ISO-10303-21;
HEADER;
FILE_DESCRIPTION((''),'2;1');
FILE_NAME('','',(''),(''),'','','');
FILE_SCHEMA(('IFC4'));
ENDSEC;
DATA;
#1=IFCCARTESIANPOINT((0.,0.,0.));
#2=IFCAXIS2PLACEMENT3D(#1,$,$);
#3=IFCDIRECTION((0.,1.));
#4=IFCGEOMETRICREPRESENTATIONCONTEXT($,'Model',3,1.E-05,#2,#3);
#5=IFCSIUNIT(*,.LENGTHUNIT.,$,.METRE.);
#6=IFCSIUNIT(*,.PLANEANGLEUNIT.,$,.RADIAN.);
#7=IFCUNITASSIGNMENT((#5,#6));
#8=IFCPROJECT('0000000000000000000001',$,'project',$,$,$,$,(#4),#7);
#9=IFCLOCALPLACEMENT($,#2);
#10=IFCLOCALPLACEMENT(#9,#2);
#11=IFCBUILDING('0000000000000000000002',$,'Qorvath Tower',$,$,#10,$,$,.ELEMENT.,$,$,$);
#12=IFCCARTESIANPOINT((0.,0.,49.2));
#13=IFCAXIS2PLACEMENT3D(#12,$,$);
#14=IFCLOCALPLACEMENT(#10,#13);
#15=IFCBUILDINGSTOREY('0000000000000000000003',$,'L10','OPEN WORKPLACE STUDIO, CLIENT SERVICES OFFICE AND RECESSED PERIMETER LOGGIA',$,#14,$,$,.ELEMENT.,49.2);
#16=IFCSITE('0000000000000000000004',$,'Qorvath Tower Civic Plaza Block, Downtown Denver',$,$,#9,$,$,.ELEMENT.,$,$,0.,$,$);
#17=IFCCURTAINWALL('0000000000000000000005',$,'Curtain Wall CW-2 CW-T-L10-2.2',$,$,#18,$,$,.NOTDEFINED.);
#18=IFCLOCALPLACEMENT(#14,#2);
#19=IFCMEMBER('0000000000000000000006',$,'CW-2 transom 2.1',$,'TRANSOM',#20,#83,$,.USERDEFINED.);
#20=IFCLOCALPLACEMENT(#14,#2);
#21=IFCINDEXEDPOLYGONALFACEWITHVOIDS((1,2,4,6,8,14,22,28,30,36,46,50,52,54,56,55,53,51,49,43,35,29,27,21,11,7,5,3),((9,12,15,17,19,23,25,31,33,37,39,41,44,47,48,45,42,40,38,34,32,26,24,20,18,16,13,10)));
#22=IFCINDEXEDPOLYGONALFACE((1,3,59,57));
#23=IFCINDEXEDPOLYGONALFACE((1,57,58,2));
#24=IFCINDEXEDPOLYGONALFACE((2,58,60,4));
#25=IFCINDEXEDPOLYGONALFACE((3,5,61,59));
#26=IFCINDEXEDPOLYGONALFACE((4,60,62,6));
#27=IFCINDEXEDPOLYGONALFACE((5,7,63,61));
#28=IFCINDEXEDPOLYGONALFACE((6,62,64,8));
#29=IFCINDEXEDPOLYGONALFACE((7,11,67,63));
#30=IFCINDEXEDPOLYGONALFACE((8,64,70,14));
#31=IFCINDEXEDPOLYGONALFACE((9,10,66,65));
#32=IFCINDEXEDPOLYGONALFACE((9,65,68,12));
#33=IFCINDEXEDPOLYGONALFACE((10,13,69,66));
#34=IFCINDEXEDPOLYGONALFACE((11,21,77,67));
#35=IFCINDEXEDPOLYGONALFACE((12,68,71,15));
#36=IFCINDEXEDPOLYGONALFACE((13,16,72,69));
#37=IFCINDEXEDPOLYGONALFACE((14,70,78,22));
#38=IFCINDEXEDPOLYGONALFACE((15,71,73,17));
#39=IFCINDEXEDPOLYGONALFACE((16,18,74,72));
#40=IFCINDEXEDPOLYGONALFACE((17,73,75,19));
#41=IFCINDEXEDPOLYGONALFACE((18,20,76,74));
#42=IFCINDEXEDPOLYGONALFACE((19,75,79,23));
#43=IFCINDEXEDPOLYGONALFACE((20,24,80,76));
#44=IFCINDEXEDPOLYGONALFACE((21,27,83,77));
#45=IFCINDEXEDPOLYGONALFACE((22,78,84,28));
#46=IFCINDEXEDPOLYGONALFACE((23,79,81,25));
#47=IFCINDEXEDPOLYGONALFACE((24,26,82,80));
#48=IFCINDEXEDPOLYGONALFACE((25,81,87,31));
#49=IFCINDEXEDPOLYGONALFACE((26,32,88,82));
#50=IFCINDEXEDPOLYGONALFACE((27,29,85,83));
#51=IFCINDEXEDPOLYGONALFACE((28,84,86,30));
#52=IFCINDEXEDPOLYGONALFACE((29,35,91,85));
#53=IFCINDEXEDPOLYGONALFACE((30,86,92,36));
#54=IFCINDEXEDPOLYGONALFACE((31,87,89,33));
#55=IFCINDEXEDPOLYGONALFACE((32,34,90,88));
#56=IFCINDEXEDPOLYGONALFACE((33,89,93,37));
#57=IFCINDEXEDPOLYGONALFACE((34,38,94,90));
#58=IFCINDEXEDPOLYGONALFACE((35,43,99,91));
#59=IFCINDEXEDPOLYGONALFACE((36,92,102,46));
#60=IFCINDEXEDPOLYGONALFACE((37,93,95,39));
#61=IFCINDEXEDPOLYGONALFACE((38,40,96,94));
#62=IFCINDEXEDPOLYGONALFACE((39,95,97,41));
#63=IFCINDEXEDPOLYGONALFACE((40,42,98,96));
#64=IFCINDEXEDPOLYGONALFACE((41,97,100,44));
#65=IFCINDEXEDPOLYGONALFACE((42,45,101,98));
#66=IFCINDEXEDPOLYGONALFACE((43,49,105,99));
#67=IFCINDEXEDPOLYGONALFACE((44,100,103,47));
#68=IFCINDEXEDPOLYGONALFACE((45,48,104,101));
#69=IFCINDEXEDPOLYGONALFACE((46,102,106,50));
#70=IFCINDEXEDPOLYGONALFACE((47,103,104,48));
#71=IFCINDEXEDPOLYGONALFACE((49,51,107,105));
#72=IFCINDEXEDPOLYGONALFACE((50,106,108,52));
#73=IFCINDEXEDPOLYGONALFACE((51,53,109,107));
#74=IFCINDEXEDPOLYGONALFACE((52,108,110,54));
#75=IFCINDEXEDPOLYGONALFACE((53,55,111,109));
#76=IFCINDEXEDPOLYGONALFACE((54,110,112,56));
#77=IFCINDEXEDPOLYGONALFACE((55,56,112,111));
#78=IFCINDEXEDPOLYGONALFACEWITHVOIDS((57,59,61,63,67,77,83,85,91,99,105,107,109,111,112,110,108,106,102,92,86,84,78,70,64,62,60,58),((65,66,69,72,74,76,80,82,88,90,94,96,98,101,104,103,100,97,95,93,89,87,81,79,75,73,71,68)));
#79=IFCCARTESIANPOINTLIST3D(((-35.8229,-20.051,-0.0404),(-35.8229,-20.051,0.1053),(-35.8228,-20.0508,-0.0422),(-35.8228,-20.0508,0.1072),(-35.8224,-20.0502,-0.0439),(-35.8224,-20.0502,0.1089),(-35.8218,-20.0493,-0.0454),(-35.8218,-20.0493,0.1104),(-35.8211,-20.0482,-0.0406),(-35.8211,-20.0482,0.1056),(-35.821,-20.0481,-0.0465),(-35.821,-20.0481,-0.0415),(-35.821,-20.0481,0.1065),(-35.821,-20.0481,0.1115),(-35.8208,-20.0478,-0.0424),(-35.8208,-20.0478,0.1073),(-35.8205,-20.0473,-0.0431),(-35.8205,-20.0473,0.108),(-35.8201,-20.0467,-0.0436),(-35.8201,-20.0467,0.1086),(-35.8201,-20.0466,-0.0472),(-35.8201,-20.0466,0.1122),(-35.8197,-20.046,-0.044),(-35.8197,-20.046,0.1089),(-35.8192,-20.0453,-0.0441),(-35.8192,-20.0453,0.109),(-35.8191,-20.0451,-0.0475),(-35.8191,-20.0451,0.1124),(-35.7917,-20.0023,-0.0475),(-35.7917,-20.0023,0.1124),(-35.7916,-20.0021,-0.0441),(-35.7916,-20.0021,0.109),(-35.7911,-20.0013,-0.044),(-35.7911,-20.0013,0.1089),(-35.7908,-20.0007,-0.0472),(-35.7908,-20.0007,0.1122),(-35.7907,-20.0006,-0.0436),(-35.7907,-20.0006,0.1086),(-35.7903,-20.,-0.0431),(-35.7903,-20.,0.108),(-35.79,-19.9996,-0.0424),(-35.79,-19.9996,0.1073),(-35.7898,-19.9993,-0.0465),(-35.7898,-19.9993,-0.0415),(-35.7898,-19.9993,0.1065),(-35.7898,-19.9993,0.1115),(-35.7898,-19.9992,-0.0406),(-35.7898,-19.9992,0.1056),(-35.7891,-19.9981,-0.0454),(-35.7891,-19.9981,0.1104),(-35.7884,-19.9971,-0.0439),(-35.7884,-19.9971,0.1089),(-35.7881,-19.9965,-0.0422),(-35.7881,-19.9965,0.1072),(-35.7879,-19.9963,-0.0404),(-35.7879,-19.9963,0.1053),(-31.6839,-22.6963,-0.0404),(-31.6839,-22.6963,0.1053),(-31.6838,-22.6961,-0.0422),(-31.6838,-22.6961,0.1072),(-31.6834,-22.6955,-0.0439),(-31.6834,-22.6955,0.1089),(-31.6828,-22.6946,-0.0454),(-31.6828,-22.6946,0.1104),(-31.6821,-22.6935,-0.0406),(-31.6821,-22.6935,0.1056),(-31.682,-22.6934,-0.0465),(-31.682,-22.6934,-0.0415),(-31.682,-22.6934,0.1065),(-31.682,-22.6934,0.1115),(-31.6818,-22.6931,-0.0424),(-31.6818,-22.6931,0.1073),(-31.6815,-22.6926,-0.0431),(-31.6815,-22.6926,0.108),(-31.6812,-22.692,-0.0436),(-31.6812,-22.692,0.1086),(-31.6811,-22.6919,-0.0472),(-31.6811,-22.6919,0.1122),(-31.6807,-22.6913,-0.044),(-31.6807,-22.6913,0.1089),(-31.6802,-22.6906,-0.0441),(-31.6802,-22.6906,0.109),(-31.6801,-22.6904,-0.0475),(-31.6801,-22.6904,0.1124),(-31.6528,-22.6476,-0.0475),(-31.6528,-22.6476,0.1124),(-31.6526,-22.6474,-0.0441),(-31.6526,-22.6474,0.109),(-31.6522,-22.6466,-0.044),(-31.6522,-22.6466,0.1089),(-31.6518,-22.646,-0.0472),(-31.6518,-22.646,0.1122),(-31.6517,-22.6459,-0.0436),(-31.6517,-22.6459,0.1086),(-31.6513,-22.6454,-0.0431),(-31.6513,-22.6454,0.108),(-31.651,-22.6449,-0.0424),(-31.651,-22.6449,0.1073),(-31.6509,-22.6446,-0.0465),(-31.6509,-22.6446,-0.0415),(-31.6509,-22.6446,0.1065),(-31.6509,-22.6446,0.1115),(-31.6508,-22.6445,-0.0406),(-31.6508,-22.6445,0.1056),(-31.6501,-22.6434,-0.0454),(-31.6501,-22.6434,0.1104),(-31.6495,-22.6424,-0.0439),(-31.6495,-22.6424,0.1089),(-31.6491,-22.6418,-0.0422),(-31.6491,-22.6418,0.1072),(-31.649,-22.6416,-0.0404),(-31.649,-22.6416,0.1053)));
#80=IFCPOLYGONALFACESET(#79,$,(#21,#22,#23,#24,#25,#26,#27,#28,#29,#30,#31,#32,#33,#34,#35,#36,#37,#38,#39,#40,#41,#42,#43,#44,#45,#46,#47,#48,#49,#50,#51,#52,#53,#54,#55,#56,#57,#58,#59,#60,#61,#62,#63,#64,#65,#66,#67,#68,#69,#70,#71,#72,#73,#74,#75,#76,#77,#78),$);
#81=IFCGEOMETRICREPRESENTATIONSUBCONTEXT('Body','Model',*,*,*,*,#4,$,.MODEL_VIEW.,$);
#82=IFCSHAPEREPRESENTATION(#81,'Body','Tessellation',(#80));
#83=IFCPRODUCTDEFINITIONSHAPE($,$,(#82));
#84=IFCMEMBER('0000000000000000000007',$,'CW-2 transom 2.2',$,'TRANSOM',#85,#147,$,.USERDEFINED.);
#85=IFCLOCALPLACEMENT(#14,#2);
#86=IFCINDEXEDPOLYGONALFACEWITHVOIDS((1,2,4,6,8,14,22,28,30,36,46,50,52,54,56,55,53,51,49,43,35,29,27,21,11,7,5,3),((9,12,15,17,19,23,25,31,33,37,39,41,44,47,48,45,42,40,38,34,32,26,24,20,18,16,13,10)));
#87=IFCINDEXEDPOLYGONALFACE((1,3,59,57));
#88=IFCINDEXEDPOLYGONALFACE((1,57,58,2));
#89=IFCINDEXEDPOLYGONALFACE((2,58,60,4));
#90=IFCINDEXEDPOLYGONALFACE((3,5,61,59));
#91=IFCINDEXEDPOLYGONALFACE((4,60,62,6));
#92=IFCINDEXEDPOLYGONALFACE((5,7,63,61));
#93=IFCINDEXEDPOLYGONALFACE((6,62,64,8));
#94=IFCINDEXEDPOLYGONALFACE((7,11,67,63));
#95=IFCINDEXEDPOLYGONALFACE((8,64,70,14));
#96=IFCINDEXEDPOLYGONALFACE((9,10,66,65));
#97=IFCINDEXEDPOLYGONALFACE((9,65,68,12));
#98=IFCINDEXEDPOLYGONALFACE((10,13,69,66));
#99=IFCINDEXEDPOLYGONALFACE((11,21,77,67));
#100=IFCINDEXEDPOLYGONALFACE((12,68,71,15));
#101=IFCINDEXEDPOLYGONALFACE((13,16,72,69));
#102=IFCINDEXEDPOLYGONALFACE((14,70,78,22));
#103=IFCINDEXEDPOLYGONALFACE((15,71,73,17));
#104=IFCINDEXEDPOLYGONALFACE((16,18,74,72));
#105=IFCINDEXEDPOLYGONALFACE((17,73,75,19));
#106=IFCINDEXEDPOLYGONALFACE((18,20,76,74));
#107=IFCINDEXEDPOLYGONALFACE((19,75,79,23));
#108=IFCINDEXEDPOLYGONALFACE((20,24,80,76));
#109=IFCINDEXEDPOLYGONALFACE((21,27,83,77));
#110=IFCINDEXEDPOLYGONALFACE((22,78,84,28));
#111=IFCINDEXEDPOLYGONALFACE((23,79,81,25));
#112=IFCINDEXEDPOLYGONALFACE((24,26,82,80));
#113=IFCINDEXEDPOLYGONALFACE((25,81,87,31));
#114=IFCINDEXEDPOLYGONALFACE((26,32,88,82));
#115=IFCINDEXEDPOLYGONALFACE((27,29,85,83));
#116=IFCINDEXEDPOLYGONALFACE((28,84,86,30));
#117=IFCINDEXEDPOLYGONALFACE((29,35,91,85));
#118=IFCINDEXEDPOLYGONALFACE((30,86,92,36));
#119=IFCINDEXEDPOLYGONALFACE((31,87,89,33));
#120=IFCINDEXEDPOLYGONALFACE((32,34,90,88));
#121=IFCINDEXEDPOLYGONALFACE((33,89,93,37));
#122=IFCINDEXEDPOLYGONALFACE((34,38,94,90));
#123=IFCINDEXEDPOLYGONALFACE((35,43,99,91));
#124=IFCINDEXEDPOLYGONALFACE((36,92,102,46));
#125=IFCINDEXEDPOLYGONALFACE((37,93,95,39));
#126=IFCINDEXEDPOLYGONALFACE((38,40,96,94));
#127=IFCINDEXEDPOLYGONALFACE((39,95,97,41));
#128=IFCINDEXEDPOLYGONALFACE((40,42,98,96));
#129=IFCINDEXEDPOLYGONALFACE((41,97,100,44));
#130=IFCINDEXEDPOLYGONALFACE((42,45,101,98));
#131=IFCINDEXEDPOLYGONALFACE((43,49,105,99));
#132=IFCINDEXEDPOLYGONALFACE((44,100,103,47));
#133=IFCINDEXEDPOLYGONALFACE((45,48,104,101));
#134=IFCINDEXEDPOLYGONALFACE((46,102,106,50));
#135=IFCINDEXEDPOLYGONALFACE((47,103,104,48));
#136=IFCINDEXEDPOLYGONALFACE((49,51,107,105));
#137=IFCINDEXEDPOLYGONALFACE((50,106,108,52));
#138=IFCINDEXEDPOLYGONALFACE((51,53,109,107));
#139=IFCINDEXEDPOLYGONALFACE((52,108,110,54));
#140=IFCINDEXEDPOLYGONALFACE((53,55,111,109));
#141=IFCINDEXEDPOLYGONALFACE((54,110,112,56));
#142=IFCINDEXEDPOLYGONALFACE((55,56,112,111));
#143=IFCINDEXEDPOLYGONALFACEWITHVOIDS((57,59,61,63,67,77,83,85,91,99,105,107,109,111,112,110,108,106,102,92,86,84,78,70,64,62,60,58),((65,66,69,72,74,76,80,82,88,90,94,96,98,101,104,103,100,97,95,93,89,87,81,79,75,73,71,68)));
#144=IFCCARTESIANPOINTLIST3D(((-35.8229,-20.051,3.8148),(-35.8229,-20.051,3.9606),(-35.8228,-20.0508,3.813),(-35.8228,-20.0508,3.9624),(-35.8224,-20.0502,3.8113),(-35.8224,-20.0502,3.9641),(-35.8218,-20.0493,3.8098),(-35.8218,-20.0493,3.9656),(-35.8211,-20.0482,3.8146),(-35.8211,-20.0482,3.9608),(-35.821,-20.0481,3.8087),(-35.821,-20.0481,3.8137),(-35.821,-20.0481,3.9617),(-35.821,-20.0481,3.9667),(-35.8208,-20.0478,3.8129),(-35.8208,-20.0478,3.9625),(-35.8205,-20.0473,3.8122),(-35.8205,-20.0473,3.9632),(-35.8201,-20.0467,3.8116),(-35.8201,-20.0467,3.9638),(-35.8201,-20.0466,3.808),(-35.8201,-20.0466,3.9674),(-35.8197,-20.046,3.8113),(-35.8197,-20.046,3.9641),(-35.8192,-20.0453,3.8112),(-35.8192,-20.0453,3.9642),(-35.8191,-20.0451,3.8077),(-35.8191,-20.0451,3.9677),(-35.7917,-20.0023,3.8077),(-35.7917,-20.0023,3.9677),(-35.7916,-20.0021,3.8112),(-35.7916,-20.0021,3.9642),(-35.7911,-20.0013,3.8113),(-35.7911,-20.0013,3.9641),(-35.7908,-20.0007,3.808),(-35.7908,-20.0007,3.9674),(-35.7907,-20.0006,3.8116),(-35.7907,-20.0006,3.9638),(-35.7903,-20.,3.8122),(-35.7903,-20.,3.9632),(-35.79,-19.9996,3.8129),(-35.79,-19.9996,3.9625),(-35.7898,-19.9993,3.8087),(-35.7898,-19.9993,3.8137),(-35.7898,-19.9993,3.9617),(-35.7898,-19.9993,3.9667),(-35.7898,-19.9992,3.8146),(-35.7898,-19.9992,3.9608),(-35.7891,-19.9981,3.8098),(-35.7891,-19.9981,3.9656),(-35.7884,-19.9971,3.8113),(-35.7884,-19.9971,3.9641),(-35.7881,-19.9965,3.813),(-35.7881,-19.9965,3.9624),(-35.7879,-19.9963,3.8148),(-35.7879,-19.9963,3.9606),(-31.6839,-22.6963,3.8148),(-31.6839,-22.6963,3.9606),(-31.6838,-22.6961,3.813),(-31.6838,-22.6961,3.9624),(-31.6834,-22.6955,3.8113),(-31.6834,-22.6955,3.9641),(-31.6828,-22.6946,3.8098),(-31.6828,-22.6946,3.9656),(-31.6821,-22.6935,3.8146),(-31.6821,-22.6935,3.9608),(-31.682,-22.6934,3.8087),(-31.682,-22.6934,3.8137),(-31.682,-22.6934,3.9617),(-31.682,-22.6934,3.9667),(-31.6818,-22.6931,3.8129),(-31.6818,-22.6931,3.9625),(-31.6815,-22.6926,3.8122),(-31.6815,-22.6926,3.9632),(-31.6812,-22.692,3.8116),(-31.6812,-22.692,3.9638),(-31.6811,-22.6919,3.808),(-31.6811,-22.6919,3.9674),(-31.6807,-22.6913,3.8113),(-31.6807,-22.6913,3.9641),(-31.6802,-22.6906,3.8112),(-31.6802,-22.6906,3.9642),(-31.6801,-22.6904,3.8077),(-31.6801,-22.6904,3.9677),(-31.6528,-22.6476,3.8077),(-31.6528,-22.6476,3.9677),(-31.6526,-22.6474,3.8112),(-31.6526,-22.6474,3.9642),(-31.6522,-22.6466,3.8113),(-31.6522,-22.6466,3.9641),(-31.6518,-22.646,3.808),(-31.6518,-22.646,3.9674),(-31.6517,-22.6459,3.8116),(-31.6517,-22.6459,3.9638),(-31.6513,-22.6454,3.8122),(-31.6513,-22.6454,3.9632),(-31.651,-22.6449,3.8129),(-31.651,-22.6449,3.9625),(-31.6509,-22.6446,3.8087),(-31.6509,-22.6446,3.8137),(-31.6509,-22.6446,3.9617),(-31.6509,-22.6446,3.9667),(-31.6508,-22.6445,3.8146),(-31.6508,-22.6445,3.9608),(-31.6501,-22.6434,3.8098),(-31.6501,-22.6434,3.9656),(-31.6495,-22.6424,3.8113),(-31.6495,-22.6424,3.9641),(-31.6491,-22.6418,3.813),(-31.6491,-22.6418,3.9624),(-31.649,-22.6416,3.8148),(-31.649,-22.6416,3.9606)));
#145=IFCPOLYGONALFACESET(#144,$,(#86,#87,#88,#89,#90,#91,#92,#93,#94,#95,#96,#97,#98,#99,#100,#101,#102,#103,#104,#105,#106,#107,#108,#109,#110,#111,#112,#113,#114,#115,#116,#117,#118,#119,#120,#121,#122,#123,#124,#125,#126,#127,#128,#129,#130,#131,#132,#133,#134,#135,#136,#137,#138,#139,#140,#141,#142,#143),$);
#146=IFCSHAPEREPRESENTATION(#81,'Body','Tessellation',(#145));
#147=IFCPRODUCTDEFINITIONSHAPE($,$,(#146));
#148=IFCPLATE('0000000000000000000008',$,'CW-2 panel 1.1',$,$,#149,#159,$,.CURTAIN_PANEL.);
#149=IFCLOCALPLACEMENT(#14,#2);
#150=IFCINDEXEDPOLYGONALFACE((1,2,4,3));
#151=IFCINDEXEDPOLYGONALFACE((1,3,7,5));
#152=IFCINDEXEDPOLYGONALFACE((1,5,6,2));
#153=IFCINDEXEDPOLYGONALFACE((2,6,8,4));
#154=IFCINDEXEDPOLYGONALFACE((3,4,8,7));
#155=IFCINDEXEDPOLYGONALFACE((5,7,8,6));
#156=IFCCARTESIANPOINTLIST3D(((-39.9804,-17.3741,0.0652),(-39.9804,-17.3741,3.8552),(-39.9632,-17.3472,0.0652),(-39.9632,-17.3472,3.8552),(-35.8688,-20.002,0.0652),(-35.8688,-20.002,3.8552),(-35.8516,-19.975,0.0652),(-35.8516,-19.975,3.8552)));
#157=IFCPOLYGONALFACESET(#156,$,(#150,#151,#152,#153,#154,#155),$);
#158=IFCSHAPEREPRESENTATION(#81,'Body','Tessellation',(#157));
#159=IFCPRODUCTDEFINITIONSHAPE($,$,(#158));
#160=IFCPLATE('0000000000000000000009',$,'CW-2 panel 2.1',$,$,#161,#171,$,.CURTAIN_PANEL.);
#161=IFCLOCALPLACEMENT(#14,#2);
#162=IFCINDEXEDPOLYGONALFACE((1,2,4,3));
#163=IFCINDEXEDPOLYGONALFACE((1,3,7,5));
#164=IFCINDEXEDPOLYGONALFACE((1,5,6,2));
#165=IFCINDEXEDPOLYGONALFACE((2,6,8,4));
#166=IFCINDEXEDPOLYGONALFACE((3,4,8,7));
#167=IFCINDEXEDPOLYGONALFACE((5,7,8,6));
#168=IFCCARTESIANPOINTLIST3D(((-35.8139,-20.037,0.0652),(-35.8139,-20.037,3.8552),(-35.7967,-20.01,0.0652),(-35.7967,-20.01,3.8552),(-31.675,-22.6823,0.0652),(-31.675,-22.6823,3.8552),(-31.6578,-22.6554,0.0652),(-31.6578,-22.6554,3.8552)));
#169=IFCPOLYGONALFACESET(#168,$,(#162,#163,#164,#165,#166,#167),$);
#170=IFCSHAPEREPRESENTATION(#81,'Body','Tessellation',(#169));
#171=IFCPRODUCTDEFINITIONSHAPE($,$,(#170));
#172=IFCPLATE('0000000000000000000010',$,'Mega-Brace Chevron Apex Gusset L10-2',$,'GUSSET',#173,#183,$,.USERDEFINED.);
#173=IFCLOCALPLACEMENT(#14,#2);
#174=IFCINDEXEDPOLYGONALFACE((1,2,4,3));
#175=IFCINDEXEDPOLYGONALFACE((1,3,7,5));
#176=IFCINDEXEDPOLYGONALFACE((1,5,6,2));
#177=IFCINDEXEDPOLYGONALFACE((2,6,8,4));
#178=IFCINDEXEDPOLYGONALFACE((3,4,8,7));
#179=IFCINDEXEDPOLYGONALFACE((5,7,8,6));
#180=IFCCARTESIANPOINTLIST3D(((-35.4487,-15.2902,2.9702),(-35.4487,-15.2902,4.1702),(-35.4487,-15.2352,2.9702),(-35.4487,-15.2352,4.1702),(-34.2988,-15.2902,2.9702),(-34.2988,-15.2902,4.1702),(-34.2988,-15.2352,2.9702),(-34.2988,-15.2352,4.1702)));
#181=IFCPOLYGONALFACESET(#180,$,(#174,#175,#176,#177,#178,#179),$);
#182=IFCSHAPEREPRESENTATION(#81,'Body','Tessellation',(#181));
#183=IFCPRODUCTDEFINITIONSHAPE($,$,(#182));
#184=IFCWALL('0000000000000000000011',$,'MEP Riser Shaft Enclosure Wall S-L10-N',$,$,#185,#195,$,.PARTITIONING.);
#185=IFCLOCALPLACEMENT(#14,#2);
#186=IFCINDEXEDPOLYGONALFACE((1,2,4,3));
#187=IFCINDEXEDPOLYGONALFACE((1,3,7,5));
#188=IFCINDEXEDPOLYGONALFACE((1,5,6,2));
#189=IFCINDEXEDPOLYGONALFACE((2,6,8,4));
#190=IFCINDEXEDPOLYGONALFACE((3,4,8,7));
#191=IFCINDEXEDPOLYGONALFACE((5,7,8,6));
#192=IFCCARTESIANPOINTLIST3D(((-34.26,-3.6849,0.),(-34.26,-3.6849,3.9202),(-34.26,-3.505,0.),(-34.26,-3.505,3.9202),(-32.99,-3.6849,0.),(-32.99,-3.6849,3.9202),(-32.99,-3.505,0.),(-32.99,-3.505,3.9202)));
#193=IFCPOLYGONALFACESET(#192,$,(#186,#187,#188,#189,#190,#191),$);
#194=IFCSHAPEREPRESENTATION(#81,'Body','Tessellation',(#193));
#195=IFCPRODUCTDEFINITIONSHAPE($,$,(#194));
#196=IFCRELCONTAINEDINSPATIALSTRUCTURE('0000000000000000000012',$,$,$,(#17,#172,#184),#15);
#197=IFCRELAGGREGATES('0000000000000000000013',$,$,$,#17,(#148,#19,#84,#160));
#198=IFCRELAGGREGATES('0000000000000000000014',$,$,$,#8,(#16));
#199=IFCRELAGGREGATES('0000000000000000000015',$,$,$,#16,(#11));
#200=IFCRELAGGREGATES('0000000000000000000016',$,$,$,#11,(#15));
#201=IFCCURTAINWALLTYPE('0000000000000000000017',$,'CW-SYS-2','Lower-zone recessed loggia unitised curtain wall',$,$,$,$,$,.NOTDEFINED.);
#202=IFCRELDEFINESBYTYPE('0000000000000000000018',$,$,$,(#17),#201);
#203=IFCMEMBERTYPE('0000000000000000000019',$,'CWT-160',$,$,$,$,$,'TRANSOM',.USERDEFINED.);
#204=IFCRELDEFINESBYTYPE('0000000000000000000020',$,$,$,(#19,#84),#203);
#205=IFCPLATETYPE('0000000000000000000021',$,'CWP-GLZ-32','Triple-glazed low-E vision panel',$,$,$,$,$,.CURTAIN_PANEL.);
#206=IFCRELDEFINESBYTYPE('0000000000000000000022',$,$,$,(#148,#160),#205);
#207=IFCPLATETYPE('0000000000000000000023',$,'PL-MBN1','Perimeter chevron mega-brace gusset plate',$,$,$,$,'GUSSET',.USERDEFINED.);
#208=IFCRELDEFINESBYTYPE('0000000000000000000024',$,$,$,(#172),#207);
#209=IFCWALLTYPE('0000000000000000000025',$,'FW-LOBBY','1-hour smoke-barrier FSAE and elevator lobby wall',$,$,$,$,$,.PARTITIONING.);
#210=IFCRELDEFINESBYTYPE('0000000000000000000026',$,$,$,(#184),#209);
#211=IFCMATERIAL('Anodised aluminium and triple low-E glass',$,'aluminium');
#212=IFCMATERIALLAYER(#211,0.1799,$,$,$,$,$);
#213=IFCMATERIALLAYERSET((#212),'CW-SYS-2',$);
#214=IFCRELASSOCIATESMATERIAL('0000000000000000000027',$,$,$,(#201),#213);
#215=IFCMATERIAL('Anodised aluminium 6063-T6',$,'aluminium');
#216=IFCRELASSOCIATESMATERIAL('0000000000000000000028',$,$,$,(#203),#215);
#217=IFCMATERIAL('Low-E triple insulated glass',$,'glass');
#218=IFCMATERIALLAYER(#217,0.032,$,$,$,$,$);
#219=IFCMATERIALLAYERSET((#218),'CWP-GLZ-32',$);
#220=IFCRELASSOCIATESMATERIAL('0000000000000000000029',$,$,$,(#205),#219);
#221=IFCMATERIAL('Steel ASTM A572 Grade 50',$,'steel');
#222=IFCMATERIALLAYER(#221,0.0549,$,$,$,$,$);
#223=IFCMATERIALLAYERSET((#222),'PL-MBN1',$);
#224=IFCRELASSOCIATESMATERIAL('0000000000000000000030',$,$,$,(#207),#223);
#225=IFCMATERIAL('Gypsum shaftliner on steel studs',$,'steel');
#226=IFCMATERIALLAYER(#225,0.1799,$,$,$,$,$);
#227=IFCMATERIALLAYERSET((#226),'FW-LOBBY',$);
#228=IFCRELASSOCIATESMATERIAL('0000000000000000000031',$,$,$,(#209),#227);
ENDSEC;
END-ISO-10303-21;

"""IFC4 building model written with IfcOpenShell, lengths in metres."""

from ifc_helpers import new_model, si_unit, direction, frame, frame_2d, origin, origin_2d, place, context, subcontext, project, spatial, rectangle, hollow_rectangle, extrude, material, layer, layer_set, material_profile, profile_set, type_object, element, aggregate, save


model = new_model("IFC4")

# Units and contexts
model_context = context("Model", 3, precision=1e-05, world=origin(), true_north=direction((0.0, 1.0)))
body_context = subcontext(model_context, "Body", "Model", "MODEL_VIEW")
ifc_project = project(units=[si_unit("LENGTHUNIT", "METRE"), si_unit("PLANEANGLEUNIT", "RADIAN")], contexts=[model_context])

# Site, building, storey
site_placement = place(None, origin())
site = spatial("IfcSite", under=ifc_project, at=site_placement, Name="Qorvath Tower Civic Plaza Block, Downtown Denver", CompositionType="ELEMENT", RefElevation=0.0)
building_placement = place(site_placement, origin())
building = spatial("IfcBuilding", under=site, at=building_placement, Name="Qorvath Tower", CompositionType="ELEMENT")
storey_placement = place(building_placement, frame((0.0, 0.0, 49.2)))
storey = spatial("IfcBuildingStorey", under=building, at=storey_placement, Name="L10", Description="OPEN WORKPLACE STUDIO, CLIENT SERVICES OFFICE AND RECESSED PERIMETER LOGGIA", CompositionType="ELEMENT", Elevation=49.2)

# Curtain wall, members, plates
ifc_material_1 = material(Name="Anodised aluminium and triple low-E glass", Category="aluminium")
ifc_layer_1 = layer(ifc_material_1, 0.1799)
ifc_layer_set_1 = layer_set([ifc_layer_1], Name="CW-SYS-2")
curtain_wall_type = type_object("IfcCurtainWallType", Name="CW-SYS-2", Description="Lower-zone recessed loggia unitised curtain wall", PredefinedType="NOTDEFINED", material=ifc_layer_set_1)
curtain_wall_placement = place(storey_placement, origin())
curtain_wall = element("IfcCurtainWall", 1, at=curtain_wall_placement, inside=storey, type_object=curtain_wall_type, Name="Curtain Wall CW-2 CW-T-L10-2.2", PredefinedType="NOTDEFINED")
ifc_material_2 = material(Name="Anodised aluminium 6063-T6", Category="aluminium")
ifc_material_profile_1 = material_profile(ifc_material_2, hollow_rectangle(XDim=0.0649, YDim=0.1599, WallThickness=0.0034, InnerFilletRadius=0.0034, OuterFilletRadius=0.0071, at=origin_2d()), Name="CWT 160x65")
ifc_profile_set_1 = profile_set([ifc_material_profile_1], Name="Anodised aluminium 6063-T6")
member_type_1 = type_object("IfcMemberType", Name="CWT-160", ElementType="TRANSOM", PredefinedType="USERDEFINED", material=ifc_profile_set_1)
member_1_placement = place(storey_placement, frame((-35.8054, -20.0237, 0.0325), z_axis=(0.842608, -0.538528, 0.0), x_axis=(0.538528, 0.842608, 0.0)))
member_1 = element("IfcMember", 2, at=member_1_placement, type_object=member_type_1, Name="CW-2 transom 2.1", ObjectType="TRANSOM", PredefinedType="USERDEFINED", context=body_context, shape_type="SweptSolid", body=[
    extrude(hollow_rectangle(XDim=0.0649, YDim=0.1599, WallThickness=0.0034, InnerFilletRadius=0.0034, OuterFilletRadius=0.0071, at=origin_2d()), origin(), (0.0, 0.0, 1.0), 4.9121),
])
member_2_placement = place(storey_placement, frame((-35.8054, -20.0237, 3.8877), z_axis=(0.842608, -0.538528, 0.0), x_axis=(0.538528, 0.842608, 0.0)))
member_2 = element("IfcMember", 3, at=member_2_placement, type_object=member_type_1, Name="CW-2 transom 2.2", ObjectType="TRANSOM", PredefinedType="USERDEFINED", context=body_context, shape_type="SweptSolid", body=[
    extrude(hollow_rectangle(XDim=0.0649, YDim=0.1599, WallThickness=0.0034, InnerFilletRadius=0.0034, OuterFilletRadius=0.0071, at=origin_2d()), origin(), (0.0, 0.0, 1.0), 4.9121),
])
ifc_material_3 = material(Name="Low-E triple insulated glass", Category="glass")
ifc_layer_2 = layer(ifc_material_3, 0.032)
ifc_layer_set_2 = layer_set([ifc_layer_2], Name="CWP-GLZ-32")
plate_type_1 = type_object("IfcPlateType", Name="CWP-GLZ-32", Description="Triple-glazed low-E vision panel", PredefinedType="CURTAIN_PANEL", material=ifc_layer_set_2)
plate_1_placement = place(storey_placement, frame((-37.916, -18.6746, 0.0652), z_axis=(0.0, 0.0, 1.0), x_axis=(0.842602, -0.538537, 0.0)))
plate_1 = element("IfcPlate", 4, at=plate_1_placement, type_object=plate_type_1, Name="CW-2 panel 1.1", PredefinedType="CURTAIN_PANEL", context=body_context, shape_type="SweptSolid", body=[
    extrude(rectangle(XDim=4.8796, YDim=0.032, at=origin_2d()), origin(), (0.0, 0.0, 1.0), 3.79),
])
plate_2_placement = place(storey_placement, frame((-33.7358, -21.3462, 0.0652), z_axis=(0.0, 0.0, 1.0), x_axis=(0.842602, -0.538537, 0.0)))
plate_2 = element("IfcPlate", 5, at=plate_2_placement, type_object=plate_type_1, Name="CW-2 panel 2.1", PredefinedType="CURTAIN_PANEL", context=body_context, shape_type="SweptSolid", body=[
    extrude(rectangle(XDim=4.9121, YDim=0.032, at=origin_2d()), origin(), (0.0, 0.0, 1.0), 3.79),
])
aggregate(curtain_wall, [plate_1, member_1, member_2, plate_2])

# Plate
ifc_material_4 = material(Name="Steel ASTM A572 Grade 50", Category="steel")
ifc_layer_3 = layer(ifc_material_4, 0.0549)
ifc_layer_set_3 = layer_set([ifc_layer_3], Name="PL-MBN1")
plate_type_2 = type_object("IfcPlateType", Name="PL-MBN1", Description="Perimeter chevron mega-brace gusset plate", ElementType="GUSSET", PredefinedType="USERDEFINED", material=ifc_layer_set_3)
plate_3_placement = place(storey_placement, frame((-34.8738, -15.2627, 2.9702), z_axis=(0.0, 0.0, 1.0), x_axis=(1.0, 0.0, 0.0)))
element("IfcPlate", 6, at=plate_3_placement, inside=storey, type_object=plate_type_2, Name="Mega-Brace Chevron Apex Gusset L10-2", ObjectType="GUSSET", PredefinedType="USERDEFINED", context=body_context, shape_type="SweptSolid", body=[
    extrude(rectangle(XDim=1.1499, YDim=0.0549, at=origin_2d()), origin(), (0.0, 0.0, 1.0), 1.2),
])

# Wall
ifc_material_5 = material(Name="Gypsum shaftliner on steel studs", Category="steel")
ifc_layer_4 = layer(ifc_material_5, 0.1799)
ifc_layer_set_4 = layer_set([ifc_layer_4], Name="FW-LOBBY")
wall_type_1 = type_object("IfcWallType", Name="FW-LOBBY", Description="1-hour smoke-barrier FSAE and elevator lobby wall", PredefinedType="PARTITIONING", material=ifc_layer_set_4)
wall_1_placement = place(storey_placement, frame((-34.26, -3.595, 0.0), z_axis=(0.0, 0.0, 1.0), x_axis=(1.0, 0.0, 0.0)))
element("IfcWall", 7, at=wall_1_placement, inside=storey, type_object=wall_type_1, Name="MEP Riser Shaft Enclosure Wall S-L10-N", PredefinedType="PARTITIONING", context=body_context, shape_type="SweptSolid", body=[
    extrude(rectangle(XDim=1.27, YDim=0.1799, at=frame_2d((0.635, 0.0))), origin(), (0.0, 0.0, 1.0), 3.9202),
])

save(model, "model.ifc")
